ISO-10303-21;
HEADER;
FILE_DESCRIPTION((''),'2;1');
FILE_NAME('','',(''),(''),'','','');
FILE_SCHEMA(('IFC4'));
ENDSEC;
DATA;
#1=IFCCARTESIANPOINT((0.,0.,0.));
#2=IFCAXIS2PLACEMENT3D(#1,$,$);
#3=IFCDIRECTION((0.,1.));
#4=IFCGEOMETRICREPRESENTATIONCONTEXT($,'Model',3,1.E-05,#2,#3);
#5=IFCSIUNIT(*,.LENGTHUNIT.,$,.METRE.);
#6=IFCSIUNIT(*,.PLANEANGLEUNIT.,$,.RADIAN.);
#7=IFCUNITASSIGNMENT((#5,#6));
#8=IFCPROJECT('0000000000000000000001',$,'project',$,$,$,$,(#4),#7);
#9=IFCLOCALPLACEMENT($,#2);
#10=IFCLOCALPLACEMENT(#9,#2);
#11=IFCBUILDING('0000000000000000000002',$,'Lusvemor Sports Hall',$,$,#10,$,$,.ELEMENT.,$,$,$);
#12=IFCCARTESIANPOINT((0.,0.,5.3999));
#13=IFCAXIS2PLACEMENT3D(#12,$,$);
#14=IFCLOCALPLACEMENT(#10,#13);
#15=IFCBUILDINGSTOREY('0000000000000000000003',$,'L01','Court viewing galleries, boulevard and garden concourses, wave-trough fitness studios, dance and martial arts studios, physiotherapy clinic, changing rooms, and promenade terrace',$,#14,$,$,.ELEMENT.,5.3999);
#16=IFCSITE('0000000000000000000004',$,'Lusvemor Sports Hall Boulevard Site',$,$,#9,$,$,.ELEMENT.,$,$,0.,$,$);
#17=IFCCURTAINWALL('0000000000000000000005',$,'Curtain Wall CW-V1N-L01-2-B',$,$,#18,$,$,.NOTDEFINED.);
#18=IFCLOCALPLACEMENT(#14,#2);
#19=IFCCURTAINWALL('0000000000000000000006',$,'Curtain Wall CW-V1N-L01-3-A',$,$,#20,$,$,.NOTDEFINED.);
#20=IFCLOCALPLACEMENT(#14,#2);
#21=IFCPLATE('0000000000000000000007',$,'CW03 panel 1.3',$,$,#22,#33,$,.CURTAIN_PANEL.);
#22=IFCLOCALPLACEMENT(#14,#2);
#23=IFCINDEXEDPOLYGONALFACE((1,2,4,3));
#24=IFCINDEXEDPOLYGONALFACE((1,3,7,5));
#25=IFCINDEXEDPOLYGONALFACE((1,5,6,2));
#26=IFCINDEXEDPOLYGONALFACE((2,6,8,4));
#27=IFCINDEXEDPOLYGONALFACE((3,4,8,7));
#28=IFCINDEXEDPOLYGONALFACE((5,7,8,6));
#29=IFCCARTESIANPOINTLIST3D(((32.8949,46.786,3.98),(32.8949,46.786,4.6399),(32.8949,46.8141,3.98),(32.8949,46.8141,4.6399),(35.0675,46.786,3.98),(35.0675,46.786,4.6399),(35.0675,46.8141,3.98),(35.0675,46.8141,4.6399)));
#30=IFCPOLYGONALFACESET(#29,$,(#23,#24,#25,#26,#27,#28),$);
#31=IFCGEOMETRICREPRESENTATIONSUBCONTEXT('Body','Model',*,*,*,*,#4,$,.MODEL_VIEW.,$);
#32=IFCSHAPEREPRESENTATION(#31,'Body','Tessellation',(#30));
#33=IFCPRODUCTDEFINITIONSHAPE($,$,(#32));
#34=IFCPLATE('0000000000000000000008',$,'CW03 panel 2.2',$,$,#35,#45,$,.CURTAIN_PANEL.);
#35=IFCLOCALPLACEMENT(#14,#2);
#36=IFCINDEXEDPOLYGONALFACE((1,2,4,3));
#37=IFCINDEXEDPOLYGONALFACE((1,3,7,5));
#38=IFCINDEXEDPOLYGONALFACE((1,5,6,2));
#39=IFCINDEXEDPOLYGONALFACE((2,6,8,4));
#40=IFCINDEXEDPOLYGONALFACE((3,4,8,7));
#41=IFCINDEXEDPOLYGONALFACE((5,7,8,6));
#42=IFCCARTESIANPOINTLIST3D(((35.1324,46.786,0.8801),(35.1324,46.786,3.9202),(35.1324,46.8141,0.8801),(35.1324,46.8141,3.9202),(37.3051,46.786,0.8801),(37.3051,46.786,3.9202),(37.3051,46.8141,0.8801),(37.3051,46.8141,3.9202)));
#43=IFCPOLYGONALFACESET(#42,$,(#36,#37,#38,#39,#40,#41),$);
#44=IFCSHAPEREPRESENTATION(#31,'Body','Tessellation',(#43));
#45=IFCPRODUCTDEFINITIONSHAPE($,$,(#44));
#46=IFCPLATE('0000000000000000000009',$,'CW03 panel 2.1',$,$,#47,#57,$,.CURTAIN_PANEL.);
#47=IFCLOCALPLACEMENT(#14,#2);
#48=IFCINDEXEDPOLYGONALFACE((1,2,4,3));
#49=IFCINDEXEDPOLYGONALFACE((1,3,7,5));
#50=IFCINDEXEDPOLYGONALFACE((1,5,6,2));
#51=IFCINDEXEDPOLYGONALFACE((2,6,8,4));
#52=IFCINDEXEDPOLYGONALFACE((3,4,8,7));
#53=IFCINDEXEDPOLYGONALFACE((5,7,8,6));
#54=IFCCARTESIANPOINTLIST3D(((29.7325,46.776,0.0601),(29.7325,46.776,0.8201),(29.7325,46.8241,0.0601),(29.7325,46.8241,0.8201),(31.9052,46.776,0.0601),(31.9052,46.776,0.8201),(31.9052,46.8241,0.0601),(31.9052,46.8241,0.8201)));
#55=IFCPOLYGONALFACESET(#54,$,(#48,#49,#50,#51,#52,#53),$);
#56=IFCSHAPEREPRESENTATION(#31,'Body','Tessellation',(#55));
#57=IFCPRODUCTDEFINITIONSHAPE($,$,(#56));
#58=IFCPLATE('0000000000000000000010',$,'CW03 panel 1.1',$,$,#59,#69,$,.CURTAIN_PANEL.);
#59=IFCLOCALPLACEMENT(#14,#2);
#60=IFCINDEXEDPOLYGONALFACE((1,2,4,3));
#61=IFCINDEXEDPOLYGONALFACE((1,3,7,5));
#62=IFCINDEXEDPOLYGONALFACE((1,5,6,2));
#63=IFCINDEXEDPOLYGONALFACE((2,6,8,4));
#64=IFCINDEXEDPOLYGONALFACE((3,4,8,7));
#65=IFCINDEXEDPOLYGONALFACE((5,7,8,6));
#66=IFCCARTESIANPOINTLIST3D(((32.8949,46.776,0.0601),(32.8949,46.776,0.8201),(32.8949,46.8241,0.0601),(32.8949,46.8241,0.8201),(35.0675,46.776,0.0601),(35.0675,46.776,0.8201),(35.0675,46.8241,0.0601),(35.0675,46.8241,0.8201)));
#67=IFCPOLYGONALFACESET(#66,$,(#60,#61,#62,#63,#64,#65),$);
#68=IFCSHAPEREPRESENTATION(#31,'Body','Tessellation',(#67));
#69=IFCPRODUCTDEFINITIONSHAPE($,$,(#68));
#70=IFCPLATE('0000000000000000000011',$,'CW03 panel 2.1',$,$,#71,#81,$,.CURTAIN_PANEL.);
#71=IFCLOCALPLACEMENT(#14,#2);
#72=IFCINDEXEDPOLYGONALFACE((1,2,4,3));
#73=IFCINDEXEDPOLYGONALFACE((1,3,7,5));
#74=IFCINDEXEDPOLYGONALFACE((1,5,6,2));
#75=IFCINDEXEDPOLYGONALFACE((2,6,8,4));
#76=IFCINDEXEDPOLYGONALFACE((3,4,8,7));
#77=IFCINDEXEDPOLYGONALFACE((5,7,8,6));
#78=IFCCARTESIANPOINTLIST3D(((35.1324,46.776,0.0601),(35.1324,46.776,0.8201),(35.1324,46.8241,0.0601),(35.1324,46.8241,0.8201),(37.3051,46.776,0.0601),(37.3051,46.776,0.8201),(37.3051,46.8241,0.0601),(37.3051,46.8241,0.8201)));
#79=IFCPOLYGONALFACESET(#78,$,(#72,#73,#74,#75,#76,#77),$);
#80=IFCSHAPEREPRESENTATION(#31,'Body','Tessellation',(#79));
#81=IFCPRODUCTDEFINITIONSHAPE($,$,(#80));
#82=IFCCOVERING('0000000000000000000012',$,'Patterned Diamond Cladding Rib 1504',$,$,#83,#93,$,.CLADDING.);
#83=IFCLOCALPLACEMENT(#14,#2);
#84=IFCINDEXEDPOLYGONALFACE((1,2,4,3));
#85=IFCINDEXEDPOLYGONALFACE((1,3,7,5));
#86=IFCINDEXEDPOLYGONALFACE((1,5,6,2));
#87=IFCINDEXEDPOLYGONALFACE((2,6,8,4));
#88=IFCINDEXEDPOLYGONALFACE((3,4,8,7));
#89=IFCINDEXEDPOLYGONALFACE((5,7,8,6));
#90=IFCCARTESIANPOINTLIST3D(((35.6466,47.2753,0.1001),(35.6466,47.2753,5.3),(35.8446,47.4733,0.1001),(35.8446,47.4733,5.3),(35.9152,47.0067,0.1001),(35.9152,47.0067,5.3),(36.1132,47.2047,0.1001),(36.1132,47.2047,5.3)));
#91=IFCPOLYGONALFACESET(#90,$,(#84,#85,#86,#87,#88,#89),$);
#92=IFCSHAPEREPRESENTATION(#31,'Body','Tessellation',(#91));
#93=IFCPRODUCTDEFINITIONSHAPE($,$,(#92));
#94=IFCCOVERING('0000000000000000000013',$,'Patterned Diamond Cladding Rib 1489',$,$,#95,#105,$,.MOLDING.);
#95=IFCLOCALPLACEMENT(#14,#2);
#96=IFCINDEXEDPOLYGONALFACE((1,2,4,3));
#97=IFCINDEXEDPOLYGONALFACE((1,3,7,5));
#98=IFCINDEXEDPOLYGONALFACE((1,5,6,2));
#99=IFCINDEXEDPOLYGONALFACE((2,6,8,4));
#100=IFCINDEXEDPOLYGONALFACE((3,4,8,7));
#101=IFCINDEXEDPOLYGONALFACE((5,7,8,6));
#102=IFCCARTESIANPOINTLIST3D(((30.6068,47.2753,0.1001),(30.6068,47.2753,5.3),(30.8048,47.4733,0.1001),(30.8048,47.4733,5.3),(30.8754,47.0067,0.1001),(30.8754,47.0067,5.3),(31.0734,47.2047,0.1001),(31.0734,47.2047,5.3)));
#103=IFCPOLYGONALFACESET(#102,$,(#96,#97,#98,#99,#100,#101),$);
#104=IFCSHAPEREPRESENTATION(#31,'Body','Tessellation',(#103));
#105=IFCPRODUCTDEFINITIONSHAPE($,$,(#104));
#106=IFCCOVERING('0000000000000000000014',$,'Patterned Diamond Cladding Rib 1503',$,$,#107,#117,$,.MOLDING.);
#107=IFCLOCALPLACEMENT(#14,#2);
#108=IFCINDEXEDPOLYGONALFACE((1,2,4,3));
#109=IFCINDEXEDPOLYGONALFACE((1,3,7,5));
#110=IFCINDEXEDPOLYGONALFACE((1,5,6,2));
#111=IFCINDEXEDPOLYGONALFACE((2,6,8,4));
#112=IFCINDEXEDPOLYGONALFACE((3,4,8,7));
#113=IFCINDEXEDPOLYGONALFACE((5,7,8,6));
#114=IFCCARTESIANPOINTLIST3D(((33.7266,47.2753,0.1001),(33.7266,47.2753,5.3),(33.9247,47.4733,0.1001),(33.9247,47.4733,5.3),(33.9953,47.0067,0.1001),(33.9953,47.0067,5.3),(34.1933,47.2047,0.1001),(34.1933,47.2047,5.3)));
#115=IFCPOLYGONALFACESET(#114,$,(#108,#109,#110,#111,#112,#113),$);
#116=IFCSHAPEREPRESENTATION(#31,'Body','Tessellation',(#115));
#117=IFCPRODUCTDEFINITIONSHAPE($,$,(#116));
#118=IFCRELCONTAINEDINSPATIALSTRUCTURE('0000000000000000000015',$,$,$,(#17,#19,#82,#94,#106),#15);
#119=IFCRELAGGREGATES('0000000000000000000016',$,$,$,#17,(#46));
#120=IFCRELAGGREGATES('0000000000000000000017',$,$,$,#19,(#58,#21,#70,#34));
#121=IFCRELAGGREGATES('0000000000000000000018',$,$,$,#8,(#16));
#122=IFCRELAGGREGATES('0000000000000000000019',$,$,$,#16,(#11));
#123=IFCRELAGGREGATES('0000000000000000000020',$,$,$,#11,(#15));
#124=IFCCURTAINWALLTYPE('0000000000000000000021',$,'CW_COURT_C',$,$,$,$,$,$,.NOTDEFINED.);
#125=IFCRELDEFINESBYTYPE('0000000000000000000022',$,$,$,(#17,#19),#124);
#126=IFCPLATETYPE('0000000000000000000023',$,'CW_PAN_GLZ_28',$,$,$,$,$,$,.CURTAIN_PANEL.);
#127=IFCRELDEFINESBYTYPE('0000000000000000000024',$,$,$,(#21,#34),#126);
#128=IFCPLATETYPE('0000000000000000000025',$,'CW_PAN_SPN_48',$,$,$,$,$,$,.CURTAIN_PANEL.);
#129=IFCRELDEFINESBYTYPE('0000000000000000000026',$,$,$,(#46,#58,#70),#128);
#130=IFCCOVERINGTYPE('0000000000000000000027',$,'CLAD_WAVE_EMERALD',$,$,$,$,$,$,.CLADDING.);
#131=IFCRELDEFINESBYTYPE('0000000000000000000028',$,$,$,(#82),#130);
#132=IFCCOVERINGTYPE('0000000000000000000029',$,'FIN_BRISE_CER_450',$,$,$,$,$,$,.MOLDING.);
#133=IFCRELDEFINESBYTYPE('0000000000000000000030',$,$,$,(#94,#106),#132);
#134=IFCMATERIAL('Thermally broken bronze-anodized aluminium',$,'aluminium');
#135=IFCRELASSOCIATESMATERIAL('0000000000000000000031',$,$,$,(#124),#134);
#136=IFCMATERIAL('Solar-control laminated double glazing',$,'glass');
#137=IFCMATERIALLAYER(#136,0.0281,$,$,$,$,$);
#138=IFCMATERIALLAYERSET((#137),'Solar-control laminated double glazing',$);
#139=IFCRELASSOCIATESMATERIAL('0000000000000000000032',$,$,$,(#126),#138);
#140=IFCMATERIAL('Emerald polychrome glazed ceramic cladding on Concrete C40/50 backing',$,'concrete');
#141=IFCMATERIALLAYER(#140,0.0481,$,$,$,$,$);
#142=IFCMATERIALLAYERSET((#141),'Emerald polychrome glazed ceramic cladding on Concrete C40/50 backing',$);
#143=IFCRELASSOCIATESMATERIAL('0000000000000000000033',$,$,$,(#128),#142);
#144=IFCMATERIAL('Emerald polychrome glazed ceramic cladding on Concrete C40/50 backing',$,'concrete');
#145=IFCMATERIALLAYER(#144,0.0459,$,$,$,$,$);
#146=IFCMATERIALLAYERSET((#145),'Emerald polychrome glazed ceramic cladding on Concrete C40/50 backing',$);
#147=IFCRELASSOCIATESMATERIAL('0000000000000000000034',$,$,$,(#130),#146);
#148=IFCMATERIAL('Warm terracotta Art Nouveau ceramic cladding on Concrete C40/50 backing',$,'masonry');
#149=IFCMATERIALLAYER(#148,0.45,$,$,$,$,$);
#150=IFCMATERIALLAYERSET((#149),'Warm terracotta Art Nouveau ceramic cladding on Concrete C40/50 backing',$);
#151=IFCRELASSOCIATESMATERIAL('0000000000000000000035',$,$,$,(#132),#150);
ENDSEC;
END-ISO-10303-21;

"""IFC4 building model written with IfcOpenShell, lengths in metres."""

from ifc_helpers import new_model, si_unit, direction, frame, origin, origin_2d, place, context, subcontext, project, spatial, rectangle, extrude, material, layer, layer_set, type_object, element, aggregate, save


model = new_model("IFC4")

# Units and contexts
model_context = context("Model", 3, precision=1e-05, world=origin(), true_north=direction((0.0, 1.0)))
body_context = subcontext(model_context, "Body", "Model", "MODEL_VIEW")
ifc_project = project(units=[si_unit("LENGTHUNIT", "METRE"), si_unit("PLANEANGLEUNIT", "RADIAN")], contexts=[model_context])

# Site, building, storey
site_placement = place(None, origin())
site = spatial("IfcSite", under=ifc_project, at=site_placement, Name="Lusvemor Sports Hall Boulevard Site", CompositionType="ELEMENT", RefElevation=0.0)
building_placement = place(site_placement, origin())
building = spatial("IfcBuilding", under=site, at=building_placement, Name="Lusvemor Sports Hall", CompositionType="ELEMENT")
storey_placement = place(building_placement, frame((0.0, 0.0, 5.3999)))
storey = spatial("IfcBuildingStorey", under=building, at=storey_placement, Name="L01", Description="Court viewing galleries, boulevard and garden concourses, wave-trough fitness studios, dance and martial arts studios, physiotherapy clinic, changing rooms, and promenade terrace", CompositionType="ELEMENT", Elevation=5.3999)

# Curtain wall
ifc_material_1 = material(Name="Thermally broken bronze-anodized aluminium", Category="aluminium")
curtain_wall_type = type_object("IfcCurtainWallType", Name="CW_COURT_C", PredefinedType="NOTDEFINED", material=ifc_material_1)
curtain_wall_1_placement = place(storey_placement, origin())
curtain_wall_1 = element("IfcCurtainWall", 1, at=curtain_wall_1_placement, inside=storey, type_object=curtain_wall_type, Name="Curtain Wall CW-V1N-L01-2-B", PredefinedType="NOTDEFINED")

# Curtain wall
curtain_wall_2_placement = place(storey_placement, origin())
curtain_wall_2 = element("IfcCurtainWall", 2, at=curtain_wall_2_placement, inside=storey, type_object=curtain_wall_type, Name="Curtain Wall CW-V1N-L01-3-A", PredefinedType="NOTDEFINED")

# Plates
ifc_material_2 = material(Name="Solar-control laminated double glazing", Category="glass")
ifc_layer_1 = layer(ifc_material_2, 0.0281)
ifc_layer_set_1 = layer_set([ifc_layer_1], Name="Solar-control laminated double glazing")
plate_type_1 = type_object("IfcPlateType", Name="CW_PAN_GLZ_28", PredefinedType="CURTAIN_PANEL", material=ifc_layer_set_1)
plate_1_placement = place(storey_placement, frame((33.9812, 46.8, 3.98), z_axis=(0.0, 0.0, 1.0), x_axis=(1.0, 0.0, 0.0)))
plate_1 = element("IfcPlate", 3, at=plate_1_placement, type_object=plate_type_1, Name="CW03 panel 1.3", PredefinedType="CURTAIN_PANEL", context=body_context, shape_type="SweptSolid", body=[
    extrude(rectangle(XDim=2.1726, YDim=0.0281, at=origin_2d()), origin(), (0.0, 0.0, 1.0), 0.6599),
])
plate_2_placement = place(storey_placement, frame((36.2188, 46.8, 0.8801), z_axis=(0.0, 0.0, 1.0), x_axis=(1.0, 0.0, 0.0)))
plate_2 = element("IfcPlate", 4, at=plate_2_placement, type_object=plate_type_1, Name="CW03 panel 2.2", PredefinedType="CURTAIN_PANEL", context=body_context, shape_type="SweptSolid", body=[
    extrude(rectangle(XDim=2.1726, YDim=0.0281, at=origin_2d()), origin(), (0.0, 0.0, 1.0), 3.04),
])
ifc_material_3 = material(Name="Emerald polychrome glazed ceramic cladding on Concrete C40/50 backing", Category="concrete")
ifc_layer_2 = layer(ifc_material_3, 0.0481)
ifc_layer_set_2 = layer_set([ifc_layer_2], Name="Emerald polychrome glazed ceramic cladding on Concrete C40/50 backing")
plate_type_2 = type_object("IfcPlateType", Name="CW_PAN_SPN_48", PredefinedType="CURTAIN_PANEL", material=ifc_layer_set_2)
plate_3_placement = place(storey_placement, frame((30.8188, 46.8, 0.0601), z_axis=(0.0, 0.0, 1.0), x_axis=(1.0, 0.0, 0.0)))
plate_3 = element("IfcPlate", 5, at=plate_3_placement, type_object=plate_type_2, Name="CW03 panel 2.1", PredefinedType="CURTAIN_PANEL", context=body_context, shape_type="SweptSolid", body=[
    extrude(rectangle(XDim=2.1726, YDim=0.0481, at=origin_2d()), origin(), (0.0, 0.0, 1.0), 0.76),
])
aggregate(curtain_wall_1, [plate_3])
plate_4_placement = place(storey_placement, frame((33.9812, 46.8, 0.0601), z_axis=(0.0, 0.0, 1.0), x_axis=(1.0, 0.0, 0.0)))
plate_4 = element("IfcPlate", 6, at=plate_4_placement, type_object=plate_type_2, Name="CW03 panel 1.1", PredefinedType="CURTAIN_PANEL", context=body_context, shape_type="SweptSolid", body=[
    extrude(rectangle(XDim=2.1726, YDim=0.0481, at=origin_2d()), origin(), (0.0, 0.0, 1.0), 0.76),
])
plate_5_placement = place(storey_placement, frame((36.2188, 46.8, 0.0601), z_axis=(0.0, 0.0, 1.0), x_axis=(1.0, 0.0, 0.0)))
plate_5 = element("IfcPlate", 7, at=plate_5_placement, type_object=plate_type_2, Name="CW03 panel 2.1", PredefinedType="CURTAIN_PANEL", context=body_context, shape_type="SweptSolid", body=[
    extrude(rectangle(XDim=2.1726, YDim=0.0481, at=origin_2d()), origin(), (0.0, 0.0, 1.0), 0.76),
])
aggregate(curtain_wall_2, [plate_4, plate_1, plate_5, plate_2])

# Coverings
ifc_material_4 = material(Name="Emerald polychrome glazed ceramic cladding on Concrete C40/50 backing", Category="concrete")
ifc_layer_3 = layer(ifc_material_4, 0.0459)
ifc_layer_set_3 = layer_set([ifc_layer_3], Name="Emerald polychrome glazed ceramic cladding on Concrete C40/50 backing")
covering_type_1 = type_object("IfcCoveringType", Name="CLAD_WAVE_EMERALD", PredefinedType="CLADDING", material=ifc_layer_set_3)
covering_placement = place(storey_placement, frame((35.8799, 47.24, 0.1001), z_axis=(0.0, 0.0, 1.0), x_axis=(0.707107, 0.707107, 0.0)))
element("IfcCovering", 8, at=covering_placement, inside=storey, type_object=covering_type_1, Name="Patterned Diamond Cladding Rib 1504", PredefinedType="CLADDING", context=body_context, shape_type="SweptSolid", body=[
    extrude(rectangle(XDim=0.28, YDim=0.3799, at=origin_2d()), origin(), (0.0, 0.0, 1.0), 5.2),
])
ifc_material_5 = material(Name="Warm terracotta Art Nouveau ceramic cladding on Concrete C40/50 backing", Category="masonry")
ifc_layer_4 = layer(ifc_material_5, 0.45)
ifc_layer_set_4 = layer_set([ifc_layer_4], Name="Warm terracotta Art Nouveau ceramic cladding on Concrete C40/50 backing")
covering_type_2 = type_object("IfcCoveringType", Name="FIN_BRISE_CER_450", PredefinedType="MOLDING", material=ifc_layer_set_4)
for number, where, z_axis, x_axis, name in (
    (9, (30.8401, 47.24, 0.1001), (0.0, 0.0, 1.0), (0.707107, 0.707107, 0.0), "Patterned Diamond Cladding Rib 1489"),
    (10, (33.96, 47.24, 0.1001), (0.0, 0.0, 1.0), (0.707107, 0.707107, 0.0), "Patterned Diamond Cladding Rib 1503"),
):
    element("IfcCovering", number, at=place(storey_placement, frame(where, z_axis=z_axis, x_axis=x_axis)), inside=storey, type_object=covering_type_2, Name=name, PredefinedType="MOLDING", context=body_context, shape_type="SweptSolid", body=[
        extrude(rectangle(XDim=0.28, YDim=0.3799, at=origin_2d()), origin(), (0.0, 0.0, 1.0), 5.2),
    ])

save(model, "model.ifc")
